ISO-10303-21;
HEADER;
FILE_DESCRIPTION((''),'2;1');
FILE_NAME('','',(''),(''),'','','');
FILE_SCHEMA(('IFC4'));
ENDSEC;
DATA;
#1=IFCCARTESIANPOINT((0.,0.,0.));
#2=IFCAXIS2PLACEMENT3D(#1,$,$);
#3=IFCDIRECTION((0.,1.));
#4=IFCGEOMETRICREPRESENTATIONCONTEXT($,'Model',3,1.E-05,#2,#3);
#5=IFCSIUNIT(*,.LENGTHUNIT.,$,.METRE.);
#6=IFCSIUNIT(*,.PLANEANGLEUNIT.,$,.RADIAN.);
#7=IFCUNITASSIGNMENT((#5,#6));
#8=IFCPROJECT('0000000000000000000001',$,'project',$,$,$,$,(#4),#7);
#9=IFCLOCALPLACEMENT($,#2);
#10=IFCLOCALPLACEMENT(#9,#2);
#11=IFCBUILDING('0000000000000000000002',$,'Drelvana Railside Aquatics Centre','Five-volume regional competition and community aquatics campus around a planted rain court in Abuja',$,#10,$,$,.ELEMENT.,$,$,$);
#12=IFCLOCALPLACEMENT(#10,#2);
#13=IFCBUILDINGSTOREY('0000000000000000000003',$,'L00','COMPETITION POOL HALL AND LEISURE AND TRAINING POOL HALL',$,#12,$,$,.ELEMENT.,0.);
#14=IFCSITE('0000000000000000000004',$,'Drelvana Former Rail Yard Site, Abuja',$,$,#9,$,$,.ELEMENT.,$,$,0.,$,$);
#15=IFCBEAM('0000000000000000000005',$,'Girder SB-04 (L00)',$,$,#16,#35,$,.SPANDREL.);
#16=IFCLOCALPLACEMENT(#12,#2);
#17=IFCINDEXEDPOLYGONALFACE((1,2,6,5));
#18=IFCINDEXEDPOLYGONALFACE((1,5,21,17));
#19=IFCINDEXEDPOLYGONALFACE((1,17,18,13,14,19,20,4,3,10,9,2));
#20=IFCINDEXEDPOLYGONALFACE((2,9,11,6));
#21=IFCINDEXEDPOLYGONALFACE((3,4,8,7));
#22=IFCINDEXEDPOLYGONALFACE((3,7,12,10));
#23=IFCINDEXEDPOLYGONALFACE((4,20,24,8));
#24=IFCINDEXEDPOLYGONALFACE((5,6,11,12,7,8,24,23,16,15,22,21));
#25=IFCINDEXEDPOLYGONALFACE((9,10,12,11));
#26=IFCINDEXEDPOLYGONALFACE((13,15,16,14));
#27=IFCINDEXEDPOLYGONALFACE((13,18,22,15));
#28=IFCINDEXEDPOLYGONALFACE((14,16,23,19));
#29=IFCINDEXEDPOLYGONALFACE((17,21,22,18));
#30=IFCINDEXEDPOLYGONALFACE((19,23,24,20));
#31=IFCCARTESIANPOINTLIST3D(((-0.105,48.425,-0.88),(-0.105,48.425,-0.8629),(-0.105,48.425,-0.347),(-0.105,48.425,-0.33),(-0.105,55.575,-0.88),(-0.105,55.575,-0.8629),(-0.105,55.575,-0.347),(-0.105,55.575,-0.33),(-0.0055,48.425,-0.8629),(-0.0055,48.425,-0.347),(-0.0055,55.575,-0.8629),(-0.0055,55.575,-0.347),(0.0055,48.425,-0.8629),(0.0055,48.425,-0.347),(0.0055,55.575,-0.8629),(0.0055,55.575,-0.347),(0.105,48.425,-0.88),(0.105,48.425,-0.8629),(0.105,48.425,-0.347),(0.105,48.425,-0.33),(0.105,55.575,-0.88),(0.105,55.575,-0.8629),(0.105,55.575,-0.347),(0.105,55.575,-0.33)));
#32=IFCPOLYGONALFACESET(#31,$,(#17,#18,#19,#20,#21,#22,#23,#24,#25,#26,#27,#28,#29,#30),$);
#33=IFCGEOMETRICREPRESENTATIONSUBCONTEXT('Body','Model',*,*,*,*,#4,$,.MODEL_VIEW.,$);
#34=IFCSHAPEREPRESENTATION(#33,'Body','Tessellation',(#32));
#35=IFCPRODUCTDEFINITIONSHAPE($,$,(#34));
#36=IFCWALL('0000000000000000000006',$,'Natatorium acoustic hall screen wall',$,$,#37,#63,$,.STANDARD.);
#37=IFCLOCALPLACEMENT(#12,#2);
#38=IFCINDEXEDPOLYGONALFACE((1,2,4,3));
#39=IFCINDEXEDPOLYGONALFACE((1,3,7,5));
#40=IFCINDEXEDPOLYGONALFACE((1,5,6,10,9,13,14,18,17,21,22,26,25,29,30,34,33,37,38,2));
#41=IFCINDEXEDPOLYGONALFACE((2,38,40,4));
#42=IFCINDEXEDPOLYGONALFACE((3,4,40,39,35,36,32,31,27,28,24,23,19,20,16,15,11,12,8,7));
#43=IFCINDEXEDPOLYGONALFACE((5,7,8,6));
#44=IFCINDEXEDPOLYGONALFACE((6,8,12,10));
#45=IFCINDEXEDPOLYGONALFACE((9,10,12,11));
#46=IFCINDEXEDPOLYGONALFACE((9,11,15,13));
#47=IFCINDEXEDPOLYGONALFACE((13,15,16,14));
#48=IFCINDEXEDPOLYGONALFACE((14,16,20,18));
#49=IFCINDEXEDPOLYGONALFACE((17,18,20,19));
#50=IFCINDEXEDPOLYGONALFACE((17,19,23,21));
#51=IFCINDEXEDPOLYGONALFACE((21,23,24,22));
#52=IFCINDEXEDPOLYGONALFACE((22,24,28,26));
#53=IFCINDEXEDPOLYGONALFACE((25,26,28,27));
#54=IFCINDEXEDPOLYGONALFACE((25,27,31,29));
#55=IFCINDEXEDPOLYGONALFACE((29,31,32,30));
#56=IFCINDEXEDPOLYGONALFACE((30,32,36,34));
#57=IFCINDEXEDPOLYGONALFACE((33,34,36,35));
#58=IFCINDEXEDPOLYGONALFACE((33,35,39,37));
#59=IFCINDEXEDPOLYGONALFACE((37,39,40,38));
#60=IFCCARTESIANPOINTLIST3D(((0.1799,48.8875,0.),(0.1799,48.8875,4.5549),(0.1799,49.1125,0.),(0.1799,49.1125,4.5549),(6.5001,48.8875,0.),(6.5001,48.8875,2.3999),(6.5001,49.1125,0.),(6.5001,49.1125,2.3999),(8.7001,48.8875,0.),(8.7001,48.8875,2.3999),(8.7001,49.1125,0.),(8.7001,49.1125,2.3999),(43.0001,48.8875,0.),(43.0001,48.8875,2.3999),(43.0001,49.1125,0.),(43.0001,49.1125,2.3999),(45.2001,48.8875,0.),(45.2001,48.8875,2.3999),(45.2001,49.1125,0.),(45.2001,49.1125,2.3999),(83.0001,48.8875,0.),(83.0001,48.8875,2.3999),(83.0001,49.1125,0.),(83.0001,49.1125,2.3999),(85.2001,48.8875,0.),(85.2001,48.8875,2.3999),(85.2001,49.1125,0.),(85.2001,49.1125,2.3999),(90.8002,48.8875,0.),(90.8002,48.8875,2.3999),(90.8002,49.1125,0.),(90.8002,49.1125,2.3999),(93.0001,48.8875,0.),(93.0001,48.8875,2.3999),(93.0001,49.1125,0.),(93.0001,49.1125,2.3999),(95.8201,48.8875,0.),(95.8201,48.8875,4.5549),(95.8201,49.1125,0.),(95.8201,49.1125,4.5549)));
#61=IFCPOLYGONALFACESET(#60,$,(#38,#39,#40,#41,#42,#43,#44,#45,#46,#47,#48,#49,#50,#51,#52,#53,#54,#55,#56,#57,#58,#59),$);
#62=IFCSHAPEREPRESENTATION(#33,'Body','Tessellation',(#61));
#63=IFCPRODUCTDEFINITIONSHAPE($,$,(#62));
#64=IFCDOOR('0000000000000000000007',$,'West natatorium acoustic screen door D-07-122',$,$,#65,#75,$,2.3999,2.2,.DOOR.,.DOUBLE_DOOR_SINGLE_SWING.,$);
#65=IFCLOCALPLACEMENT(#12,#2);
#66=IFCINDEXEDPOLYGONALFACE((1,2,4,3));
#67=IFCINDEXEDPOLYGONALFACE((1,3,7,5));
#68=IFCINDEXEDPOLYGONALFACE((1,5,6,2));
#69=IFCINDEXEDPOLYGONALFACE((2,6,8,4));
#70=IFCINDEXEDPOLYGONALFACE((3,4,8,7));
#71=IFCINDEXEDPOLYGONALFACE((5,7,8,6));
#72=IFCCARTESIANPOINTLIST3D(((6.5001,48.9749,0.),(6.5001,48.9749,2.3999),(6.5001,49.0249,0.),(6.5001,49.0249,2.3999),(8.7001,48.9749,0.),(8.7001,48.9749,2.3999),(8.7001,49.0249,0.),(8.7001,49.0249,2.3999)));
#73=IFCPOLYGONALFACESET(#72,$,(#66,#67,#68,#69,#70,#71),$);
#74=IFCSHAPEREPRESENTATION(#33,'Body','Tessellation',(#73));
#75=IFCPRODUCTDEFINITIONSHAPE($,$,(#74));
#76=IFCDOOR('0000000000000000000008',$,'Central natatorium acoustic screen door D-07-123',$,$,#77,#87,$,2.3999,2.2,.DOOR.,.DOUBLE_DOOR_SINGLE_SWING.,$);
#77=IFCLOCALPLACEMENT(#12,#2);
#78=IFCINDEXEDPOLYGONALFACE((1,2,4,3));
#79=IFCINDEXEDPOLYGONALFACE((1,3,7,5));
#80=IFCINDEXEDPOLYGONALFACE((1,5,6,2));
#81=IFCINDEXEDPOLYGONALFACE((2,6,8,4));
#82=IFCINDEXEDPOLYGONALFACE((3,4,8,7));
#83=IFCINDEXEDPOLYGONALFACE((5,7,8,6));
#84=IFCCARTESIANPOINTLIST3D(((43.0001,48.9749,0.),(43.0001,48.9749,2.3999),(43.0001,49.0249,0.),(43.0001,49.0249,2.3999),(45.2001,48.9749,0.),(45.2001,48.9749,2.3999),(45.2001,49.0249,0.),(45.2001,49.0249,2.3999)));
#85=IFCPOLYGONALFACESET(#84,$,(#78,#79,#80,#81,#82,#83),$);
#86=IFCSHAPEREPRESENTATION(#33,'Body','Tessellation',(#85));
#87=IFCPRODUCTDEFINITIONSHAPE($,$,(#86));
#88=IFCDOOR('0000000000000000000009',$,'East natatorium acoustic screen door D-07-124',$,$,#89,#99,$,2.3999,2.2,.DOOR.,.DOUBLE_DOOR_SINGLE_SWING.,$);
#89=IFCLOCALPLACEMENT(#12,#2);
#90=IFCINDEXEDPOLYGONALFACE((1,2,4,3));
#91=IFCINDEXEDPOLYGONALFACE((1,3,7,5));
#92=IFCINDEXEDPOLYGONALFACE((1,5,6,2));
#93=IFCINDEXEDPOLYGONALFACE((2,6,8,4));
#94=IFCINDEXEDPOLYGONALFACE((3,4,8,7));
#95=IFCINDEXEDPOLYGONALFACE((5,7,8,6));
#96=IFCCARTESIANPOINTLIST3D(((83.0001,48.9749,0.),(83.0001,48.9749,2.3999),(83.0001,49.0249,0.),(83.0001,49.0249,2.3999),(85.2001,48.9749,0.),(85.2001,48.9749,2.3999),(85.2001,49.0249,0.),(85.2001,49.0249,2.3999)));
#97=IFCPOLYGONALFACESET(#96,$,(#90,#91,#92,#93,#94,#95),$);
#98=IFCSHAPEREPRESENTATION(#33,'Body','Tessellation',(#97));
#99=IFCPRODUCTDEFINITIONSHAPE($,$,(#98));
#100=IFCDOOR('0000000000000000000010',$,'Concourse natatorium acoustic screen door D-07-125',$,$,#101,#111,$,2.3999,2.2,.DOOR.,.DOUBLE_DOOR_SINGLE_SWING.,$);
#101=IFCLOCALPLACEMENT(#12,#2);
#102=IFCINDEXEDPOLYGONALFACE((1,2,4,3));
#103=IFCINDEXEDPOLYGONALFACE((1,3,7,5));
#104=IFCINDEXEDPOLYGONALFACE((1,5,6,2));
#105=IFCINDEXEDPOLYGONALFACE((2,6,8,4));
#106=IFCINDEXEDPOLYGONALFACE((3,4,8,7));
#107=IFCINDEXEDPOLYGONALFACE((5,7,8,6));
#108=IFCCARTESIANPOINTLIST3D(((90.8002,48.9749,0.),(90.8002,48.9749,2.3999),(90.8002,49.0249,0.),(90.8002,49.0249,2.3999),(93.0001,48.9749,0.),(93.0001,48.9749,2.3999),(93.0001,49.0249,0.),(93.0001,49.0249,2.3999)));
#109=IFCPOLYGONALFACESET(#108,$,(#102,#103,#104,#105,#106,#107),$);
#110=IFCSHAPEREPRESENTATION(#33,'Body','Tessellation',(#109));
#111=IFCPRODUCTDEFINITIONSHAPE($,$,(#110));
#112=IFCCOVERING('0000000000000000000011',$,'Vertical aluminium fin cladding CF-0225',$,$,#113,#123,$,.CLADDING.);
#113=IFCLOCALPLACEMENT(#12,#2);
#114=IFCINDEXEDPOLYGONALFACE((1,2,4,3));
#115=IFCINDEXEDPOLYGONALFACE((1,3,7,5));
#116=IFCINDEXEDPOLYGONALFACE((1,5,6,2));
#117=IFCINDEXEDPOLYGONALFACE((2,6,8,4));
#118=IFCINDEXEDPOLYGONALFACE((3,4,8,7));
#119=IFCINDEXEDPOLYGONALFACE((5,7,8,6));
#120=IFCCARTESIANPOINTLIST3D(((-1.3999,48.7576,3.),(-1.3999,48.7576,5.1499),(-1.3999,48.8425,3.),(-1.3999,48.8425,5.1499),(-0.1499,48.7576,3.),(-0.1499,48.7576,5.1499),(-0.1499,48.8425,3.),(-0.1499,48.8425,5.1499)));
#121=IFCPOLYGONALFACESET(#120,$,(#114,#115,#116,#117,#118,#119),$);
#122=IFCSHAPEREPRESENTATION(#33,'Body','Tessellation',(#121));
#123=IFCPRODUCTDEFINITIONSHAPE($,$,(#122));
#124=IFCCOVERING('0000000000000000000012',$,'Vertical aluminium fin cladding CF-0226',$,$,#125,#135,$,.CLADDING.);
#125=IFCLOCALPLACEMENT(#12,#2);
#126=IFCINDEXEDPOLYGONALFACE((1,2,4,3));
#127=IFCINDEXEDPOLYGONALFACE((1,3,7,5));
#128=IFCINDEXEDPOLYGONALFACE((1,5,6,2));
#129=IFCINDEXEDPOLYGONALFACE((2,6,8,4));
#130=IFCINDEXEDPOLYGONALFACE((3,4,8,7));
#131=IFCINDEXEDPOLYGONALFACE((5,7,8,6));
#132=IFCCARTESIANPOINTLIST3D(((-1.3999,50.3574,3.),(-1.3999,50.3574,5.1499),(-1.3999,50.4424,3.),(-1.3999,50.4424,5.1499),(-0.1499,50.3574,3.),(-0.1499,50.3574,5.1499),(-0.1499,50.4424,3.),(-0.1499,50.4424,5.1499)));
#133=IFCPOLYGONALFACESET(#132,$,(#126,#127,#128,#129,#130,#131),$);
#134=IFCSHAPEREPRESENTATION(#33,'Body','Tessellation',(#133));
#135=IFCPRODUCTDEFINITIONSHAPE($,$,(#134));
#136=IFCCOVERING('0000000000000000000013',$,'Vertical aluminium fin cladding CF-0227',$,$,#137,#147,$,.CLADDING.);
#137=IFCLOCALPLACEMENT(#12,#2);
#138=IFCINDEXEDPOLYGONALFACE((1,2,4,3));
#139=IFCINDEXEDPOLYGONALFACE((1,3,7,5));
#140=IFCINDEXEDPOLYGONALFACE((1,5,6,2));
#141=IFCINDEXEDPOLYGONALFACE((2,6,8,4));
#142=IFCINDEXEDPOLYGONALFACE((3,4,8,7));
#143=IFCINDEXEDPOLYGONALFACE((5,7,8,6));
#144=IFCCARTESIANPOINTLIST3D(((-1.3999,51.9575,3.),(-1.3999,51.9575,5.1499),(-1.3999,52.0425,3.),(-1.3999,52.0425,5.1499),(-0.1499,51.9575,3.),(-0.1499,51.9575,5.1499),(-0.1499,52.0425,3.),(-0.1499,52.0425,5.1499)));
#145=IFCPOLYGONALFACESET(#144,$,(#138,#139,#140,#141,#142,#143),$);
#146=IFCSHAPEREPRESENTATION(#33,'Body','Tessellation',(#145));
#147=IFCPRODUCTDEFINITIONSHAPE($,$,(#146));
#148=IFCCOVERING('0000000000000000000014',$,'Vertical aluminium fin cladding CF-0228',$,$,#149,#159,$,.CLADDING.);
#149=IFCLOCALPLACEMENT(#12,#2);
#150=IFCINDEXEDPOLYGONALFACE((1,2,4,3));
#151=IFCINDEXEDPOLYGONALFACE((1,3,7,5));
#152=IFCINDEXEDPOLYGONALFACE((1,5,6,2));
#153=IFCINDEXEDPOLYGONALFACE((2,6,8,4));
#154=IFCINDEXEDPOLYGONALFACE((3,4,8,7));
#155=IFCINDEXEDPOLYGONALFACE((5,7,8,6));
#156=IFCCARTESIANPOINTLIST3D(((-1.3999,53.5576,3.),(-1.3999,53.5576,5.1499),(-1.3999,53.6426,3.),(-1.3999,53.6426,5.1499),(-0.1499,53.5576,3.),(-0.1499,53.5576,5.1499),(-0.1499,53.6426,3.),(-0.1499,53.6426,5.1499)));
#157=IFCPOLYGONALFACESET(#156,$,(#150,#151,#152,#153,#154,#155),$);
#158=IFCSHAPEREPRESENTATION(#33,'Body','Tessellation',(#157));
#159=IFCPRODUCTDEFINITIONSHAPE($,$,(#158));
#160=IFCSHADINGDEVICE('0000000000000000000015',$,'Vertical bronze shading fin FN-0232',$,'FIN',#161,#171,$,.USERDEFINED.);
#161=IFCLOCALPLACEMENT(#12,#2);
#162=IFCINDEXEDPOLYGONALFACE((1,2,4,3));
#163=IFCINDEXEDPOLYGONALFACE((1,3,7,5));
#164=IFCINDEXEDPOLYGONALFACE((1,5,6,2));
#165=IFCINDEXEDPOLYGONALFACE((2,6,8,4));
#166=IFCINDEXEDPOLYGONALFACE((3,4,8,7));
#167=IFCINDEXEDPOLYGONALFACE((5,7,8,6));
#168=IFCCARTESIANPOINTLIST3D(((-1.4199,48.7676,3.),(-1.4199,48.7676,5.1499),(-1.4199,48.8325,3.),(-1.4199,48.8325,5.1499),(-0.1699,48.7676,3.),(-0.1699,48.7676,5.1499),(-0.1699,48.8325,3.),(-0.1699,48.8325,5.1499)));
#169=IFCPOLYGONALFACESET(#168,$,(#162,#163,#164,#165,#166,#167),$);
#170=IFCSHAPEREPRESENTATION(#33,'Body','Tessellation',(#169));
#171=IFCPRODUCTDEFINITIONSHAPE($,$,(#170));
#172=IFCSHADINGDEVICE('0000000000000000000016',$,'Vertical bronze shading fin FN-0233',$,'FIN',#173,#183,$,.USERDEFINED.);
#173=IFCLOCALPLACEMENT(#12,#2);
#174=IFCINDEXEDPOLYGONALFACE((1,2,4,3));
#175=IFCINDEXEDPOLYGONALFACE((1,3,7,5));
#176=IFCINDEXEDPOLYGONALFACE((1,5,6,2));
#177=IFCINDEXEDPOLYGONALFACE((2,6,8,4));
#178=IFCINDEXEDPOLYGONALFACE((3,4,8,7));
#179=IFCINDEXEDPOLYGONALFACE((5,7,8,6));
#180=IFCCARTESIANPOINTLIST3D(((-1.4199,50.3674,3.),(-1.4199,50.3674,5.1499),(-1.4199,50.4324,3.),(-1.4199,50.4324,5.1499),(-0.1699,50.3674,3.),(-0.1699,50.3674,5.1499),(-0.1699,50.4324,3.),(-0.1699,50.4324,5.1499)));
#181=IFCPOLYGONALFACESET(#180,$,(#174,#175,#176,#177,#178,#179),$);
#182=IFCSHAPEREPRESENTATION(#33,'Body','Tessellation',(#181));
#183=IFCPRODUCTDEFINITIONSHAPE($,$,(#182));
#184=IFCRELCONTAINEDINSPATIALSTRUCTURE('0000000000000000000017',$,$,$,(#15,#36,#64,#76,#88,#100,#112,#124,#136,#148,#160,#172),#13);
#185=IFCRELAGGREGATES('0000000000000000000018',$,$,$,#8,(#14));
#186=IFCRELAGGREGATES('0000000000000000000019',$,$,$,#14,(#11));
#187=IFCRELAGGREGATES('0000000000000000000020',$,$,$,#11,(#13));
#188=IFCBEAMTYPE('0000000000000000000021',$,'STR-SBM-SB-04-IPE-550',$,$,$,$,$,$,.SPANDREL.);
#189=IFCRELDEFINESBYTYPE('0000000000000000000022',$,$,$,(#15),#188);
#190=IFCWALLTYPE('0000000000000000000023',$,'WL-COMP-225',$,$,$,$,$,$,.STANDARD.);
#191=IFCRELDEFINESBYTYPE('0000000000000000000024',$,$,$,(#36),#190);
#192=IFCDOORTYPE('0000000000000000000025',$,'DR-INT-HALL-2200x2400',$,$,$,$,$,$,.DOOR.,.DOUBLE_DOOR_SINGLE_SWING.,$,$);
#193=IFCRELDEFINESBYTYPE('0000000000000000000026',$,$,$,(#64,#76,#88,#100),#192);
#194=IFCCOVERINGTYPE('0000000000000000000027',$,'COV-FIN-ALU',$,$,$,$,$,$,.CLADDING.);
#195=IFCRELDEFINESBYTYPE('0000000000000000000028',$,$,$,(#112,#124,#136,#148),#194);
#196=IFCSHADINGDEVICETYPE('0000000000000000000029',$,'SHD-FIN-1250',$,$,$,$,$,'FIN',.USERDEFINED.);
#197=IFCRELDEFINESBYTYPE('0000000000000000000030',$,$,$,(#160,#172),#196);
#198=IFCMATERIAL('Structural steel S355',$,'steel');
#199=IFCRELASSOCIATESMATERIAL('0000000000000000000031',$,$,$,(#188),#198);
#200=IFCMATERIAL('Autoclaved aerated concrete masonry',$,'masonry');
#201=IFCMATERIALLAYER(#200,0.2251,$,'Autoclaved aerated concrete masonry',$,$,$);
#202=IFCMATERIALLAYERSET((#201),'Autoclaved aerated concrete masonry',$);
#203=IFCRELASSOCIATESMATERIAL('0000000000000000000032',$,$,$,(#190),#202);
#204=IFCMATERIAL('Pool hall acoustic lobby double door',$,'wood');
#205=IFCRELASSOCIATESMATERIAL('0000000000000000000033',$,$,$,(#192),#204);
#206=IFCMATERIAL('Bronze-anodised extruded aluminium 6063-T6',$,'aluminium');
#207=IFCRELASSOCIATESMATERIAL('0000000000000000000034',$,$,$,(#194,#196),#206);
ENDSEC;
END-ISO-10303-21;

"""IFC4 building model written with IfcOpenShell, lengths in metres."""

from ifc_helpers import new_model, si_unit, direction, frame, frame_2d, origin, origin_2d, place, context, subcontext, project, spatial, rectangle, i_section, extrude, material, layer, layer_set, material_profile, profile_set, type_object, element, fill, save


model = new_model("IFC4")

# Units and contexts
model_context = context("Model", 3, precision=1e-05, world=origin(), true_north=direction((0.0, 1.0)))
body_context = subcontext(model_context, "Body", "Model", "MODEL_VIEW")
ifc_project = project(units=[si_unit("LENGTHUNIT", "METRE"), si_unit("PLANEANGLEUNIT", "RADIAN")], contexts=[model_context])

# Site, building, storey
site_placement = place(None, origin())
site = spatial("IfcSite", under=ifc_project, at=site_placement, Name="Drelvana Former Rail Yard Site, Abuja", CompositionType="ELEMENT", RefElevation=0.0)
building_placement = place(site_placement, origin())
building = spatial("IfcBuilding", under=site, at=building_placement, Name="Drelvana Railside Aquatics Centre", Description="Five-volume regional competition and community aquatics campus around a planted rain court in Abuja", CompositionType="ELEMENT")
storey_placement = place(building_placement, origin())
storey = spatial("IfcBuildingStorey", under=building, at=storey_placement, Name="L00", Description="COMPETITION POOL HALL AND LEISURE AND TRAINING POOL HALL", CompositionType="ELEMENT", Elevation=0.0)

# Beam
ifc_material_1 = material(Name="Structural steel S355", Category="steel")
ifc_material_profile = material_profile(ifc_material_1, i_section(OverallWidth=0.21, OverallDepth=0.55, WebThickness=0.011, FlangeThickness=0.0171, at=origin_2d()), Name="IPE 550")
ifc_profile_set = profile_set([ifc_material_profile], Name="Structural steel S355")
beam_type = type_object("IfcBeamType", Name="STR-SBM-SB-04-IPE-550", PredefinedType="SPANDREL", material=ifc_profile_set)
beam_placement = place(storey_placement, frame((0.0, 48.425, -0.605), z_axis=(0.0, 1.0, 0.0), x_axis=(-1.0, 0.0, 0.0)))
element("IfcBeam", 1, at=beam_placement, inside=storey, type_object=beam_type, Name="Girder SB-04 (L00)", PredefinedType="SPANDREL", context=body_context, shape_type="SweptSolid", body=[
    extrude(i_section(OverallWidth=0.21, OverallDepth=0.55, WebThickness=0.011, FlangeThickness=0.0171, at=origin_2d()), origin(), (0.0, 0.0, 1.0), 7.1499),
])

# Wall, openings, doors
ifc_material_2 = material(Name="Autoclaved aerated concrete masonry", Category="masonry")
ifc_layer = layer(ifc_material_2, 0.2251, Name="Autoclaved aerated concrete masonry")
ifc_layer_set = layer_set([ifc_layer], Name="Autoclaved aerated concrete masonry")
wall_type = type_object("IfcWallType", Name="WL-COMP-225", PredefinedType="STANDARD", material=ifc_layer_set)
wall_placement = place(storey_placement, frame((0.1799, 49.0, 0.0), z_axis=(0.0, 0.0, 1.0), x_axis=(1.0, 0.0, 0.0)))
wall = element("IfcWall", 2, at=wall_placement, inside=storey, type_object=wall_type, Name="Natatorium acoustic hall screen wall", PredefinedType="STANDARD", context=body_context, shape_type="SweptSolid", body=[
    extrude(rectangle(XDim=95.6401, YDim=0.2251, at=frame_2d((47.8201, 0.0))), origin(), (0.0, 0.0, 1.0), 4.5549),
])
opening_1_placement = place(wall_placement, frame((6.3201, 0.0, 0.0)))
opening_1 = element("IfcOpeningElement", 3, at=opening_1_placement, cuts=wall, PredefinedType="OPENING", context=body_context, shape_type="SweptSolid", body=[
    extrude(rectangle(XDim=2.2, YDim=2.3999, at=frame_2d((1.1001, 1.2))), frame((0.0, 0.1226, 0.0), z_axis=(0.0, -1.0, 0.0), x_axis=(1.0, 0.0, 0.0)), (0.0, 0.0, 1.0), 0.2451),
])
opening_2_placement = place(wall_placement, frame((42.8201, 0.0, 0.0)))
opening_2 = element("IfcOpeningElement", 4, at=opening_2_placement, cuts=wall, PredefinedType="OPENING", context=body_context, shape_type="SweptSolid", body=[
    extrude(rectangle(XDim=2.2, YDim=2.3999, at=frame_2d((1.1001, 1.2))), frame((0.0, 0.1226, 0.0), z_axis=(0.0, -1.0, 0.0), x_axis=(1.0, 0.0, 0.0)), (0.0, 0.0, 1.0), 0.2451),
])
opening_3_placement = place(wall_placement, frame((82.8201, 0.0, 0.0)))
opening_3 = element("IfcOpeningElement", 5, at=opening_3_placement, cuts=wall, PredefinedType="OPENING", context=body_context, shape_type="SweptSolid", body=[
    extrude(rectangle(XDim=2.2, YDim=2.3999, at=frame_2d((1.1001, 1.2))), frame((0.0, 0.1226, 0.0), z_axis=(0.0, -1.0, 0.0), x_axis=(1.0, 0.0, 0.0)), (0.0, 0.0, 1.0), 0.2451),
])
opening_4_placement = place(wall_placement, frame((90.6201, 0.0, 0.0)))
opening_4 = element("IfcOpeningElement", 6, at=opening_4_placement, cuts=wall, PredefinedType="OPENING", context=body_context, shape_type="SweptSolid", body=[
    extrude(rectangle(XDim=2.2, YDim=2.3999, at=frame_2d((1.1001, 1.2))), frame((0.0, 0.1226, 0.0), z_axis=(0.0, -1.0, 0.0), x_axis=(1.0, 0.0, 0.0)), (0.0, 0.0, 1.0), 0.2451),
])
ifc_material_3 = material(Name="Pool hall acoustic lobby double door", Category="wood")
door_type = type_object("IfcDoorType", Name="DR-INT-HALL-2200x2400", OperationType="DOUBLE_DOOR_SINGLE_SWING", PredefinedType="DOOR", material=ifc_material_3)
door_1_placement = place(opening_1_placement, origin())
door_1 = element("IfcDoor", 7, at=door_1_placement, inside=storey, type_object=door_type, Name="West natatorium acoustic screen door D-07-122", OperationType="DOUBLE_DOOR_SINGLE_SWING", OverallHeight=2.3999, OverallWidth=2.2, PredefinedType="DOOR", context=body_context, shape_type="SweptSolid", body=[
    extrude(rectangle(XDim=2.2, YDim=2.3999, at=frame_2d((1.1001, 1.2))), frame((0.0, 0.0249, 0.0), z_axis=(0.0, -1.0, 0.0), x_axis=(1.0, 0.0, 0.0)), (0.0, 0.0, 1.0), 0.05),
])
fill(opening_1, door_1)
door_2_placement = place(opening_2_placement, origin())
door_2 = element("IfcDoor", 8, at=door_2_placement, inside=storey, type_object=door_type, Name="Central natatorium acoustic screen door D-07-123", OperationType="DOUBLE_DOOR_SINGLE_SWING", OverallHeight=2.3999, OverallWidth=2.2, PredefinedType="DOOR", context=body_context, shape_type="SweptSolid", body=[
    extrude(rectangle(XDim=2.2, YDim=2.3999, at=frame_2d((1.1001, 1.2))), frame((0.0, 0.0249, 0.0), z_axis=(0.0, -1.0, 0.0), x_axis=(1.0, 0.0, 0.0)), (0.0, 0.0, 1.0), 0.05),
])
fill(opening_2, door_2)
door_3_placement = place(opening_3_placement, origin())
door_3 = element("IfcDoor", 9, at=door_3_placement, inside=storey, type_object=door_type, Name="East natatorium acoustic screen door D-07-124", OperationType="DOUBLE_DOOR_SINGLE_SWING", OverallHeight=2.3999, OverallWidth=2.2, PredefinedType="DOOR", context=body_context, shape_type="SweptSolid", body=[
    extrude(rectangle(XDim=2.2, YDim=2.3999, at=frame_2d((1.1001, 1.2))), frame((0.0, 0.0249, 0.0), z_axis=(0.0, -1.0, 0.0), x_axis=(1.0, 0.0, 0.0)), (0.0, 0.0, 1.0), 0.05),
])
fill(opening_3, door_3)
door_4_placement = place(opening_4_placement, origin())
door_4 = element("IfcDoor", 10, at=door_4_placement, inside=storey, type_object=door_type, Name="Concourse natatorium acoustic screen door D-07-125", OperationType="DOUBLE_DOOR_SINGLE_SWING", OverallHeight=2.3999, OverallWidth=2.2, PredefinedType="DOOR", context=body_context, shape_type="SweptSolid", body=[
    extrude(rectangle(XDim=2.2, YDim=2.3999, at=frame_2d((1.1001, 1.2))), frame((0.0, 0.0249, 0.0), z_axis=(0.0, -1.0, 0.0), x_axis=(1.0, 0.0, 0.0)), (0.0, 0.0, 1.0), 0.05),
])
fill(opening_4, door_4)

# Coverings
ifc_material_4 = material(Name="Bronze-anodised extruded aluminium 6063-T6", Category="aluminium")
covering_type = type_object("IfcCoveringType", Name="COV-FIN-ALU", PredefinedType="CLADDING", material=ifc_material_4)
for number, where, z_axis, x_axis, name in (
    (11, (-0.7749, 48.8, 3.0), (0.0, 0.0, 1.0), (0.0, 1.0, 0.0), "Vertical aluminium fin cladding CF-0225"),
    (12, (-0.7749, 50.3999, 3.0), (0.0, 0.0, 1.0), (0.0, 1.0, 0.0), "Vertical aluminium fin cladding CF-0226"),
    (13, (-0.7749, 52.0, 3.0), (0.0, 0.0, 1.0), (0.0, 1.0, 0.0), "Vertical aluminium fin cladding CF-0227"),
    (14, (-0.7749, 53.6001, 3.0), (0.0, 0.0, 1.0), (0.0, 1.0, 0.0), "Vertical aluminium fin cladding CF-0228"),
):
    element("IfcCovering", number, at=place(storey_placement, frame(where, z_axis=z_axis, x_axis=x_axis)), inside=storey, type_object=covering_type, Name=name, PredefinedType="CLADDING", context=body_context, shape_type="SweptSolid", body=[
        extrude(rectangle(XDim=0.085, YDim=1.25, at=origin_2d()), origin(), (0.0, 0.0, 1.0), 2.1499),
    ])

# Shading devices
shading_device_type = type_object("IfcShadingDeviceType", Name="SHD-FIN-1250", ElementType="FIN", PredefinedType="USERDEFINED", material=ifc_material_4)
for number, where, z_axis, x_axis, name in (
    (15, (-0.7949, 48.8, 3.0), (0.0, 0.0, 1.0), (-1.0, 0.0, 0.0), "Vertical bronze shading fin FN-0232"),
    (16, (-0.7949, 50.3999, 3.0), (0.0, 0.0, 1.0), (-1.0, 0.0, 0.0), "Vertical bronze shading fin FN-0233"),
):
    element("IfcShadingDevice", number, at=place(storey_placement, frame(where, z_axis=z_axis, x_axis=x_axis)), inside=storey, type_object=shading_device_type, Name=name, ObjectType="FIN", PredefinedType="USERDEFINED", context=body_context, shape_type="SweptSolid", body=[
        extrude(rectangle(XDim=1.25, YDim=0.0649, at=origin_2d()), origin(), (0.0, 0.0, 1.0), 2.1499),
    ])

save(model, "model.ifc")
